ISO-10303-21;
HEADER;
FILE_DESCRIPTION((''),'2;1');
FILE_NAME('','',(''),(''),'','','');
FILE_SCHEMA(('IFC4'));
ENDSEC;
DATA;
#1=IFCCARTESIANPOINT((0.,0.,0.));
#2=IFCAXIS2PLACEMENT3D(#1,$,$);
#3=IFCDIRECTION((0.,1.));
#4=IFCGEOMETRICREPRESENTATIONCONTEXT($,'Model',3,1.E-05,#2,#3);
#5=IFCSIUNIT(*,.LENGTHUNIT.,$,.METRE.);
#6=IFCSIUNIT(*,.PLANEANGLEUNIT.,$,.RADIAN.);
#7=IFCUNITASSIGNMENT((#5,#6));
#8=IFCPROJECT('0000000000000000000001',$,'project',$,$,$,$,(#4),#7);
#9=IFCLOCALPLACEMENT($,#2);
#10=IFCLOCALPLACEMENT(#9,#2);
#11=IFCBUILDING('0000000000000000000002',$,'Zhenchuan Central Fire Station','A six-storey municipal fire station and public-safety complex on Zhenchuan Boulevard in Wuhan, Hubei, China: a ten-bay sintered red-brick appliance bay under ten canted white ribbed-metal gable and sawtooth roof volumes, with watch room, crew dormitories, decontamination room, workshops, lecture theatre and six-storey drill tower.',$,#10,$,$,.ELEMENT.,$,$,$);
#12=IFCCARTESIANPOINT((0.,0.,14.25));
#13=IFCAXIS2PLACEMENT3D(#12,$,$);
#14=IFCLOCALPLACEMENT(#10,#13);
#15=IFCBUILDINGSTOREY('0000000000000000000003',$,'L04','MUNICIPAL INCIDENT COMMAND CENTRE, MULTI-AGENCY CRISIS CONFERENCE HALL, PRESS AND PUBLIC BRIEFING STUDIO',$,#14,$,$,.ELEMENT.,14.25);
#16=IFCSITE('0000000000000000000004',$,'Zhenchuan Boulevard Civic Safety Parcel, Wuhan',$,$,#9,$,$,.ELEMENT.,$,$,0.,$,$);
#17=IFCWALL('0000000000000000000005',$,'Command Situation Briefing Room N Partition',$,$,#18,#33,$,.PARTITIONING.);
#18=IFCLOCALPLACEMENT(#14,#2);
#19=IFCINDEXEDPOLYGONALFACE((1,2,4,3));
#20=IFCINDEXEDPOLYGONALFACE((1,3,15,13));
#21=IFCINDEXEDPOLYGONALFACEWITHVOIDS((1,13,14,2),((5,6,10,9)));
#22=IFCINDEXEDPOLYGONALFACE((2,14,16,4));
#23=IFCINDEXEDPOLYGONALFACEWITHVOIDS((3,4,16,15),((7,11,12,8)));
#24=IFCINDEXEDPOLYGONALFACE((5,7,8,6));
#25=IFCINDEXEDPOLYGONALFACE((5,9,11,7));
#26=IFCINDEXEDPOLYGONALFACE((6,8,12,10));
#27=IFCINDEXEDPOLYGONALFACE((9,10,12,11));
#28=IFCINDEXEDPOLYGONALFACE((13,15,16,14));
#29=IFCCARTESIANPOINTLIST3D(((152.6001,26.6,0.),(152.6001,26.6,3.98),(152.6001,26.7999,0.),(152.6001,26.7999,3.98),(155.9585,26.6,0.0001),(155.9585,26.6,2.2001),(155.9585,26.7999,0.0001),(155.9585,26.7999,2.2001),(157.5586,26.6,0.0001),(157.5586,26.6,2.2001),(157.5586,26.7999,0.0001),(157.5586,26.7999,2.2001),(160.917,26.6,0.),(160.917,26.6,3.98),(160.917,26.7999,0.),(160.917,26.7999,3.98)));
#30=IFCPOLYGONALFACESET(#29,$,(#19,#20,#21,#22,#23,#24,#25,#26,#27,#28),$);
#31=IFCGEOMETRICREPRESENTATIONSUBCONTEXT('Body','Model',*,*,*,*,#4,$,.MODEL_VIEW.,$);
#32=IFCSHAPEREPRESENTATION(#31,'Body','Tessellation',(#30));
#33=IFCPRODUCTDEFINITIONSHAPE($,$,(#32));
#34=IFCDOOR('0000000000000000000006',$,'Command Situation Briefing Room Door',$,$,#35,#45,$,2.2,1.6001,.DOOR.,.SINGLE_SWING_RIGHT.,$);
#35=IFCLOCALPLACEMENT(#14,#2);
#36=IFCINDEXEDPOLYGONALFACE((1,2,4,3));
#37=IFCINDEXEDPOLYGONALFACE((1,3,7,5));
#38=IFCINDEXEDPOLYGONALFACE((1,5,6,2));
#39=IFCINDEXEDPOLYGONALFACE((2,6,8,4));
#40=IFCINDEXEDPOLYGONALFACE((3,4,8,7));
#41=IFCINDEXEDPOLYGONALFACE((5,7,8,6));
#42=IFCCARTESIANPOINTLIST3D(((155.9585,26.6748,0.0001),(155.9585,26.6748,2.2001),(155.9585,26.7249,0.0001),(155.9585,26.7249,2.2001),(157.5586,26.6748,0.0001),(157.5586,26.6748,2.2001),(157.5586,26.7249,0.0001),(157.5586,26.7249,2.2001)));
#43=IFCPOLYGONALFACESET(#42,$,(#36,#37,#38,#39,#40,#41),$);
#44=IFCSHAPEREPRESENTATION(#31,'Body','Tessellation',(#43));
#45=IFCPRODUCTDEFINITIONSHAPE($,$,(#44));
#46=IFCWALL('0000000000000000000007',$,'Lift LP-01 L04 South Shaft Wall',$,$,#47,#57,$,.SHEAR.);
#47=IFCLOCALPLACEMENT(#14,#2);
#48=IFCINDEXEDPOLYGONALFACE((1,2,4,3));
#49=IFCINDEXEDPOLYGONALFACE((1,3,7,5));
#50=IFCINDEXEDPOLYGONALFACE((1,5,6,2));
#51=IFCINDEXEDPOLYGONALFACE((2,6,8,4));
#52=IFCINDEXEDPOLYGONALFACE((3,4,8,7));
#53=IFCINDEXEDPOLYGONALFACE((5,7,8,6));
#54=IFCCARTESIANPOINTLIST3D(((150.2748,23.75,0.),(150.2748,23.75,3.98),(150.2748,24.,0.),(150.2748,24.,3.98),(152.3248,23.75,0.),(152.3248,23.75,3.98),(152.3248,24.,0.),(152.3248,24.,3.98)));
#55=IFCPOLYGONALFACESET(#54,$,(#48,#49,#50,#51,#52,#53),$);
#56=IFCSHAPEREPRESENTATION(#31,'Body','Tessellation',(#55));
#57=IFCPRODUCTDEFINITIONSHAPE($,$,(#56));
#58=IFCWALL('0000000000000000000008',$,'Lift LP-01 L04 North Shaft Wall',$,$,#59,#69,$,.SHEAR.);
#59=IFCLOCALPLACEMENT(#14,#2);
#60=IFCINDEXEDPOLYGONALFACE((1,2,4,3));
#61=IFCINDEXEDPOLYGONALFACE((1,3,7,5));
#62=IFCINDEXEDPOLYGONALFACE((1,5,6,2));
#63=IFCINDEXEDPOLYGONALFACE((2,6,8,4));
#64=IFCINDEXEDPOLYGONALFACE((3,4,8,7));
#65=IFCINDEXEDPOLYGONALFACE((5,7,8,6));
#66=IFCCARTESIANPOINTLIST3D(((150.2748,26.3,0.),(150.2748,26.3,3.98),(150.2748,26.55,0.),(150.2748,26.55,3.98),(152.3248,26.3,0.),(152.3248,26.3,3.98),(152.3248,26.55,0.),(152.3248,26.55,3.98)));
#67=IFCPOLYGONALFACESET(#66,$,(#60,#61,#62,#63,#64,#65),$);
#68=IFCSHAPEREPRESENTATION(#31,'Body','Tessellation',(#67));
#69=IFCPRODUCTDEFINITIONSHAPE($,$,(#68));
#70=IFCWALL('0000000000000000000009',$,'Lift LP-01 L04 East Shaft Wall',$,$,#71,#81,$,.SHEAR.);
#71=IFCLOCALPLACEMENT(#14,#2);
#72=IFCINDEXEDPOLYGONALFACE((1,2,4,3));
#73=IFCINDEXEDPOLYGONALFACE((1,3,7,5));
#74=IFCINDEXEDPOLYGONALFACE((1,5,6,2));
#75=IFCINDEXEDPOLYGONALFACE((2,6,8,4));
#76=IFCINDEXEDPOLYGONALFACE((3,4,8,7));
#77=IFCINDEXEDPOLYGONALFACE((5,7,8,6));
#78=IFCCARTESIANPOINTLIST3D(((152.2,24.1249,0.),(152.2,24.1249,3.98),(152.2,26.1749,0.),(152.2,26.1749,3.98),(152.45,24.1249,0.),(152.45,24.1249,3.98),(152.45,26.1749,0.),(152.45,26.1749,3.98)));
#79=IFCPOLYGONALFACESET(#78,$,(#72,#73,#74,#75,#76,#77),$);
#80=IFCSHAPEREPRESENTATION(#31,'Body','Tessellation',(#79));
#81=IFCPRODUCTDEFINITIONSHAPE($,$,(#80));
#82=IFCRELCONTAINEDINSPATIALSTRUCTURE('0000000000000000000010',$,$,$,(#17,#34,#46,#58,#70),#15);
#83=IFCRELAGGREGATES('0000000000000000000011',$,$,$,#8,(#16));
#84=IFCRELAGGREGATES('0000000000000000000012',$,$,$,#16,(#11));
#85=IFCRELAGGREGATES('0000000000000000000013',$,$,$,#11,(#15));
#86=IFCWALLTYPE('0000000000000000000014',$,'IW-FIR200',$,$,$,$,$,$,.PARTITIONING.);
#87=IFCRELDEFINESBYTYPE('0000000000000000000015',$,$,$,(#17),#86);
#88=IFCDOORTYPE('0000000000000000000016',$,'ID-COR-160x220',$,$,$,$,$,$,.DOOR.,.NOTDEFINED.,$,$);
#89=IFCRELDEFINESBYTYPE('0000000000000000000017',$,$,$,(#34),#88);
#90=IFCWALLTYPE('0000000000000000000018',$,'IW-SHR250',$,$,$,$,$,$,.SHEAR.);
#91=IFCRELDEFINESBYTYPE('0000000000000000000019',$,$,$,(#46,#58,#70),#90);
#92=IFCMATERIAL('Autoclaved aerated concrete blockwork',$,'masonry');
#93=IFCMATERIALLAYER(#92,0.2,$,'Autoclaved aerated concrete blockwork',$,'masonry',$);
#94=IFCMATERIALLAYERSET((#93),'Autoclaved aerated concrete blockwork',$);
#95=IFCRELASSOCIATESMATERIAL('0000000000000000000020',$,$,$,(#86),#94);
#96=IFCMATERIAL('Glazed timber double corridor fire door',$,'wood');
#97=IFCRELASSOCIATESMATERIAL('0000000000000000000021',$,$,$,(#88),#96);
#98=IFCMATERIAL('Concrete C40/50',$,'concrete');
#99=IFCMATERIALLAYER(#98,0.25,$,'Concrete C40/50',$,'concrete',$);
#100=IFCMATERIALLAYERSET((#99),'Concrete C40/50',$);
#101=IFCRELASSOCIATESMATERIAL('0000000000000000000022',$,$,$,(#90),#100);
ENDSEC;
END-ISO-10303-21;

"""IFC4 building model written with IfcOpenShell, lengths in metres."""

from ifc_helpers import new_model, si_unit, direction, frame, frame_2d, origin, place, context, subcontext, project, spatial, rectangle, extrude, material, layer, layer_set, type_object, element, fill, save


model = new_model("IFC4")

# Units and contexts
model_context = context("Model", 3, precision=1e-05, world=origin(), true_north=direction((0.0, 1.0)))
body_context = subcontext(model_context, "Body", "Model", "MODEL_VIEW")
ifc_project = project(units=[si_unit("LENGTHUNIT", "METRE"), si_unit("PLANEANGLEUNIT", "RADIAN")], contexts=[model_context])

# Site, building, storey
site_placement = place(None, origin())
site = spatial("IfcSite", under=ifc_project, at=site_placement, Name="Zhenchuan Boulevard Civic Safety Parcel, Wuhan", CompositionType="ELEMENT", RefElevation=0.0)
building_placement = place(site_placement, origin())
building = spatial("IfcBuilding", under=site, at=building_placement, Name="Zhenchuan Central Fire Station", Description="A six-storey municipal fire station and public-safety complex on Zhenchuan Boulevard in Wuhan, Hubei, China: a ten-bay sintered red-brick appliance bay under ten canted white ribbed-metal gable and sawtooth roof volumes, with watch room, crew dormitories, decontamination room, workshops, lecture theatre and six-storey drill tower.", CompositionType="ELEMENT")
storey_placement = place(building_placement, frame((0.0, 0.0, 14.25)))
storey = spatial("IfcBuildingStorey", under=building, at=storey_placement, Name="L04", Description="MUNICIPAL INCIDENT COMMAND CENTRE, MULTI-AGENCY CRISIS CONFERENCE HALL, PRESS AND PUBLIC BRIEFING STUDIO", CompositionType="ELEMENT", Elevation=14.25)

# Wall, opening, door
ifc_material_1 = material(Name="Autoclaved aerated concrete blockwork", Category="masonry")
ifc_layer_1 = layer(ifc_material_1, 0.2, Name="Autoclaved aerated concrete blockwork", Category="masonry")
ifc_layer_set_1 = layer_set([ifc_layer_1], Name="Autoclaved aerated concrete blockwork")
wall_type_1 = type_object("IfcWallType", Name="IW-FIR200", PredefinedType="PARTITIONING", material=ifc_layer_set_1)
wall_1_placement = place(storey_placement, frame((152.6001, 26.7, 0.0), z_axis=(0.0, 0.0, 1.0), x_axis=(1.0, 0.0, 0.0)))
wall_1 = element("IfcWall", 1, at=wall_1_placement, inside=storey, type_object=wall_type_1, Name="Command Situation Briefing Room N Partition", PredefinedType="PARTITIONING", context=body_context, shape_type="SweptSolid", body=[
    extrude(rectangle(XDim=8.3169, YDim=0.2, at=frame_2d((4.1584, 0.0))), origin(), (0.0, 0.0, 1.0), 3.98),
])
opening_1_placement = place(wall_1_placement, frame((3.3584, 0.0, 0.0)))
opening_1 = element("IfcOpeningElement", 2, at=opening_1_placement, cuts=wall_1, PredefinedType="OPENING", context=body_context, shape_type="SweptSolid", body=[
    extrude(rectangle(XDim=1.6001, YDim=2.2, at=frame_2d((0.8, 1.1001))), frame((0.0, 0.1099, 0.0), z_axis=(0.0, -1.0, 0.0), x_axis=(1.0, 0.0, 0.0)), (0.0, 0.0, 1.0), 0.22),
])
ifc_material_2 = material(Name="Glazed timber double corridor fire door", Category="wood")
door_type_1 = type_object("IfcDoorType", Name="ID-COR-160x220", OperationType="NOTDEFINED", PredefinedType="DOOR", material=ifc_material_2)
door_1_placement = place(opening_1_placement, origin())
door_1 = element("IfcDoor", 3, at=door_1_placement, inside=storey, type_object=door_type_1, Name="Command Situation Briefing Room Door", OperationType="SINGLE_SWING_RIGHT", OverallHeight=2.2, OverallWidth=1.6001, PredefinedType="DOOR", context=body_context, shape_type="SweptSolid", body=[
    extrude(rectangle(XDim=1.6001, YDim=2.2, at=frame_2d((0.8, 1.1001))), frame((0.0, 0.0249, 0.0), z_axis=(0.0, -1.0, 0.0), x_axis=(1.0, 0.0, 0.0)), (0.0, 0.0, 1.0), 0.05),
])
fill(opening_1, door_1)

# Walls
ifc_material_3 = material(Name="Concrete C40/50", Category="concrete")
ifc_layer_2 = layer(ifc_material_3, 0.25, Name="Concrete C40/50", Category="concrete")
ifc_layer_set_2 = layer_set([ifc_layer_2], Name="Concrete C40/50")
wall_type_2 = type_object("IfcWallType", Name="IW-SHR250", PredefinedType="SHEAR", material=ifc_layer_set_2)
for number, where, z_axis, x_axis, name in (
    (4, (150.2749, 23.875, 0.0), (0.0, 0.0, 1.0), (1.0, 0.0, 0.0), "Lift LP-01 L04 South Shaft Wall"),
    (5, (150.2749, 26.425, 0.0), (0.0, 0.0, 1.0), (1.0, 0.0, 0.0), "Lift LP-01 L04 North Shaft Wall"),
):
    element("IfcWall", number, at=place(storey_placement, frame(where, z_axis=z_axis, x_axis=x_axis)), inside=storey, type_object=wall_type_2, Name=name, PredefinedType="SHEAR", context=body_context, shape_type="SweptSolid", body=[
        extrude(rectangle(XDim=2.05, YDim=0.25, at=frame_2d((1.0249, 0.0))), origin(), (0.0, 0.0, 1.0), 3.98),
    ])

# Wall
wall_2_placement = place(storey_placement, frame((152.325, 24.125, 0.0), z_axis=(0.0, 0.0, 1.0), x_axis=(0.0, 1.0, 0.0)))
element("IfcWall", 6, at=wall_2_placement, inside=storey, type_object=wall_type_2, Name="Lift LP-01 L04 East Shaft Wall", PredefinedType="SHEAR", context=body_context, shape_type="SweptSolid", body=[
    extrude(rectangle(XDim=2.05, YDim=0.25, at=frame_2d((1.0249, 0.0))), origin(), (0.0, 0.0, 1.0), 3.98),
])

save(model, "model.ifc")
